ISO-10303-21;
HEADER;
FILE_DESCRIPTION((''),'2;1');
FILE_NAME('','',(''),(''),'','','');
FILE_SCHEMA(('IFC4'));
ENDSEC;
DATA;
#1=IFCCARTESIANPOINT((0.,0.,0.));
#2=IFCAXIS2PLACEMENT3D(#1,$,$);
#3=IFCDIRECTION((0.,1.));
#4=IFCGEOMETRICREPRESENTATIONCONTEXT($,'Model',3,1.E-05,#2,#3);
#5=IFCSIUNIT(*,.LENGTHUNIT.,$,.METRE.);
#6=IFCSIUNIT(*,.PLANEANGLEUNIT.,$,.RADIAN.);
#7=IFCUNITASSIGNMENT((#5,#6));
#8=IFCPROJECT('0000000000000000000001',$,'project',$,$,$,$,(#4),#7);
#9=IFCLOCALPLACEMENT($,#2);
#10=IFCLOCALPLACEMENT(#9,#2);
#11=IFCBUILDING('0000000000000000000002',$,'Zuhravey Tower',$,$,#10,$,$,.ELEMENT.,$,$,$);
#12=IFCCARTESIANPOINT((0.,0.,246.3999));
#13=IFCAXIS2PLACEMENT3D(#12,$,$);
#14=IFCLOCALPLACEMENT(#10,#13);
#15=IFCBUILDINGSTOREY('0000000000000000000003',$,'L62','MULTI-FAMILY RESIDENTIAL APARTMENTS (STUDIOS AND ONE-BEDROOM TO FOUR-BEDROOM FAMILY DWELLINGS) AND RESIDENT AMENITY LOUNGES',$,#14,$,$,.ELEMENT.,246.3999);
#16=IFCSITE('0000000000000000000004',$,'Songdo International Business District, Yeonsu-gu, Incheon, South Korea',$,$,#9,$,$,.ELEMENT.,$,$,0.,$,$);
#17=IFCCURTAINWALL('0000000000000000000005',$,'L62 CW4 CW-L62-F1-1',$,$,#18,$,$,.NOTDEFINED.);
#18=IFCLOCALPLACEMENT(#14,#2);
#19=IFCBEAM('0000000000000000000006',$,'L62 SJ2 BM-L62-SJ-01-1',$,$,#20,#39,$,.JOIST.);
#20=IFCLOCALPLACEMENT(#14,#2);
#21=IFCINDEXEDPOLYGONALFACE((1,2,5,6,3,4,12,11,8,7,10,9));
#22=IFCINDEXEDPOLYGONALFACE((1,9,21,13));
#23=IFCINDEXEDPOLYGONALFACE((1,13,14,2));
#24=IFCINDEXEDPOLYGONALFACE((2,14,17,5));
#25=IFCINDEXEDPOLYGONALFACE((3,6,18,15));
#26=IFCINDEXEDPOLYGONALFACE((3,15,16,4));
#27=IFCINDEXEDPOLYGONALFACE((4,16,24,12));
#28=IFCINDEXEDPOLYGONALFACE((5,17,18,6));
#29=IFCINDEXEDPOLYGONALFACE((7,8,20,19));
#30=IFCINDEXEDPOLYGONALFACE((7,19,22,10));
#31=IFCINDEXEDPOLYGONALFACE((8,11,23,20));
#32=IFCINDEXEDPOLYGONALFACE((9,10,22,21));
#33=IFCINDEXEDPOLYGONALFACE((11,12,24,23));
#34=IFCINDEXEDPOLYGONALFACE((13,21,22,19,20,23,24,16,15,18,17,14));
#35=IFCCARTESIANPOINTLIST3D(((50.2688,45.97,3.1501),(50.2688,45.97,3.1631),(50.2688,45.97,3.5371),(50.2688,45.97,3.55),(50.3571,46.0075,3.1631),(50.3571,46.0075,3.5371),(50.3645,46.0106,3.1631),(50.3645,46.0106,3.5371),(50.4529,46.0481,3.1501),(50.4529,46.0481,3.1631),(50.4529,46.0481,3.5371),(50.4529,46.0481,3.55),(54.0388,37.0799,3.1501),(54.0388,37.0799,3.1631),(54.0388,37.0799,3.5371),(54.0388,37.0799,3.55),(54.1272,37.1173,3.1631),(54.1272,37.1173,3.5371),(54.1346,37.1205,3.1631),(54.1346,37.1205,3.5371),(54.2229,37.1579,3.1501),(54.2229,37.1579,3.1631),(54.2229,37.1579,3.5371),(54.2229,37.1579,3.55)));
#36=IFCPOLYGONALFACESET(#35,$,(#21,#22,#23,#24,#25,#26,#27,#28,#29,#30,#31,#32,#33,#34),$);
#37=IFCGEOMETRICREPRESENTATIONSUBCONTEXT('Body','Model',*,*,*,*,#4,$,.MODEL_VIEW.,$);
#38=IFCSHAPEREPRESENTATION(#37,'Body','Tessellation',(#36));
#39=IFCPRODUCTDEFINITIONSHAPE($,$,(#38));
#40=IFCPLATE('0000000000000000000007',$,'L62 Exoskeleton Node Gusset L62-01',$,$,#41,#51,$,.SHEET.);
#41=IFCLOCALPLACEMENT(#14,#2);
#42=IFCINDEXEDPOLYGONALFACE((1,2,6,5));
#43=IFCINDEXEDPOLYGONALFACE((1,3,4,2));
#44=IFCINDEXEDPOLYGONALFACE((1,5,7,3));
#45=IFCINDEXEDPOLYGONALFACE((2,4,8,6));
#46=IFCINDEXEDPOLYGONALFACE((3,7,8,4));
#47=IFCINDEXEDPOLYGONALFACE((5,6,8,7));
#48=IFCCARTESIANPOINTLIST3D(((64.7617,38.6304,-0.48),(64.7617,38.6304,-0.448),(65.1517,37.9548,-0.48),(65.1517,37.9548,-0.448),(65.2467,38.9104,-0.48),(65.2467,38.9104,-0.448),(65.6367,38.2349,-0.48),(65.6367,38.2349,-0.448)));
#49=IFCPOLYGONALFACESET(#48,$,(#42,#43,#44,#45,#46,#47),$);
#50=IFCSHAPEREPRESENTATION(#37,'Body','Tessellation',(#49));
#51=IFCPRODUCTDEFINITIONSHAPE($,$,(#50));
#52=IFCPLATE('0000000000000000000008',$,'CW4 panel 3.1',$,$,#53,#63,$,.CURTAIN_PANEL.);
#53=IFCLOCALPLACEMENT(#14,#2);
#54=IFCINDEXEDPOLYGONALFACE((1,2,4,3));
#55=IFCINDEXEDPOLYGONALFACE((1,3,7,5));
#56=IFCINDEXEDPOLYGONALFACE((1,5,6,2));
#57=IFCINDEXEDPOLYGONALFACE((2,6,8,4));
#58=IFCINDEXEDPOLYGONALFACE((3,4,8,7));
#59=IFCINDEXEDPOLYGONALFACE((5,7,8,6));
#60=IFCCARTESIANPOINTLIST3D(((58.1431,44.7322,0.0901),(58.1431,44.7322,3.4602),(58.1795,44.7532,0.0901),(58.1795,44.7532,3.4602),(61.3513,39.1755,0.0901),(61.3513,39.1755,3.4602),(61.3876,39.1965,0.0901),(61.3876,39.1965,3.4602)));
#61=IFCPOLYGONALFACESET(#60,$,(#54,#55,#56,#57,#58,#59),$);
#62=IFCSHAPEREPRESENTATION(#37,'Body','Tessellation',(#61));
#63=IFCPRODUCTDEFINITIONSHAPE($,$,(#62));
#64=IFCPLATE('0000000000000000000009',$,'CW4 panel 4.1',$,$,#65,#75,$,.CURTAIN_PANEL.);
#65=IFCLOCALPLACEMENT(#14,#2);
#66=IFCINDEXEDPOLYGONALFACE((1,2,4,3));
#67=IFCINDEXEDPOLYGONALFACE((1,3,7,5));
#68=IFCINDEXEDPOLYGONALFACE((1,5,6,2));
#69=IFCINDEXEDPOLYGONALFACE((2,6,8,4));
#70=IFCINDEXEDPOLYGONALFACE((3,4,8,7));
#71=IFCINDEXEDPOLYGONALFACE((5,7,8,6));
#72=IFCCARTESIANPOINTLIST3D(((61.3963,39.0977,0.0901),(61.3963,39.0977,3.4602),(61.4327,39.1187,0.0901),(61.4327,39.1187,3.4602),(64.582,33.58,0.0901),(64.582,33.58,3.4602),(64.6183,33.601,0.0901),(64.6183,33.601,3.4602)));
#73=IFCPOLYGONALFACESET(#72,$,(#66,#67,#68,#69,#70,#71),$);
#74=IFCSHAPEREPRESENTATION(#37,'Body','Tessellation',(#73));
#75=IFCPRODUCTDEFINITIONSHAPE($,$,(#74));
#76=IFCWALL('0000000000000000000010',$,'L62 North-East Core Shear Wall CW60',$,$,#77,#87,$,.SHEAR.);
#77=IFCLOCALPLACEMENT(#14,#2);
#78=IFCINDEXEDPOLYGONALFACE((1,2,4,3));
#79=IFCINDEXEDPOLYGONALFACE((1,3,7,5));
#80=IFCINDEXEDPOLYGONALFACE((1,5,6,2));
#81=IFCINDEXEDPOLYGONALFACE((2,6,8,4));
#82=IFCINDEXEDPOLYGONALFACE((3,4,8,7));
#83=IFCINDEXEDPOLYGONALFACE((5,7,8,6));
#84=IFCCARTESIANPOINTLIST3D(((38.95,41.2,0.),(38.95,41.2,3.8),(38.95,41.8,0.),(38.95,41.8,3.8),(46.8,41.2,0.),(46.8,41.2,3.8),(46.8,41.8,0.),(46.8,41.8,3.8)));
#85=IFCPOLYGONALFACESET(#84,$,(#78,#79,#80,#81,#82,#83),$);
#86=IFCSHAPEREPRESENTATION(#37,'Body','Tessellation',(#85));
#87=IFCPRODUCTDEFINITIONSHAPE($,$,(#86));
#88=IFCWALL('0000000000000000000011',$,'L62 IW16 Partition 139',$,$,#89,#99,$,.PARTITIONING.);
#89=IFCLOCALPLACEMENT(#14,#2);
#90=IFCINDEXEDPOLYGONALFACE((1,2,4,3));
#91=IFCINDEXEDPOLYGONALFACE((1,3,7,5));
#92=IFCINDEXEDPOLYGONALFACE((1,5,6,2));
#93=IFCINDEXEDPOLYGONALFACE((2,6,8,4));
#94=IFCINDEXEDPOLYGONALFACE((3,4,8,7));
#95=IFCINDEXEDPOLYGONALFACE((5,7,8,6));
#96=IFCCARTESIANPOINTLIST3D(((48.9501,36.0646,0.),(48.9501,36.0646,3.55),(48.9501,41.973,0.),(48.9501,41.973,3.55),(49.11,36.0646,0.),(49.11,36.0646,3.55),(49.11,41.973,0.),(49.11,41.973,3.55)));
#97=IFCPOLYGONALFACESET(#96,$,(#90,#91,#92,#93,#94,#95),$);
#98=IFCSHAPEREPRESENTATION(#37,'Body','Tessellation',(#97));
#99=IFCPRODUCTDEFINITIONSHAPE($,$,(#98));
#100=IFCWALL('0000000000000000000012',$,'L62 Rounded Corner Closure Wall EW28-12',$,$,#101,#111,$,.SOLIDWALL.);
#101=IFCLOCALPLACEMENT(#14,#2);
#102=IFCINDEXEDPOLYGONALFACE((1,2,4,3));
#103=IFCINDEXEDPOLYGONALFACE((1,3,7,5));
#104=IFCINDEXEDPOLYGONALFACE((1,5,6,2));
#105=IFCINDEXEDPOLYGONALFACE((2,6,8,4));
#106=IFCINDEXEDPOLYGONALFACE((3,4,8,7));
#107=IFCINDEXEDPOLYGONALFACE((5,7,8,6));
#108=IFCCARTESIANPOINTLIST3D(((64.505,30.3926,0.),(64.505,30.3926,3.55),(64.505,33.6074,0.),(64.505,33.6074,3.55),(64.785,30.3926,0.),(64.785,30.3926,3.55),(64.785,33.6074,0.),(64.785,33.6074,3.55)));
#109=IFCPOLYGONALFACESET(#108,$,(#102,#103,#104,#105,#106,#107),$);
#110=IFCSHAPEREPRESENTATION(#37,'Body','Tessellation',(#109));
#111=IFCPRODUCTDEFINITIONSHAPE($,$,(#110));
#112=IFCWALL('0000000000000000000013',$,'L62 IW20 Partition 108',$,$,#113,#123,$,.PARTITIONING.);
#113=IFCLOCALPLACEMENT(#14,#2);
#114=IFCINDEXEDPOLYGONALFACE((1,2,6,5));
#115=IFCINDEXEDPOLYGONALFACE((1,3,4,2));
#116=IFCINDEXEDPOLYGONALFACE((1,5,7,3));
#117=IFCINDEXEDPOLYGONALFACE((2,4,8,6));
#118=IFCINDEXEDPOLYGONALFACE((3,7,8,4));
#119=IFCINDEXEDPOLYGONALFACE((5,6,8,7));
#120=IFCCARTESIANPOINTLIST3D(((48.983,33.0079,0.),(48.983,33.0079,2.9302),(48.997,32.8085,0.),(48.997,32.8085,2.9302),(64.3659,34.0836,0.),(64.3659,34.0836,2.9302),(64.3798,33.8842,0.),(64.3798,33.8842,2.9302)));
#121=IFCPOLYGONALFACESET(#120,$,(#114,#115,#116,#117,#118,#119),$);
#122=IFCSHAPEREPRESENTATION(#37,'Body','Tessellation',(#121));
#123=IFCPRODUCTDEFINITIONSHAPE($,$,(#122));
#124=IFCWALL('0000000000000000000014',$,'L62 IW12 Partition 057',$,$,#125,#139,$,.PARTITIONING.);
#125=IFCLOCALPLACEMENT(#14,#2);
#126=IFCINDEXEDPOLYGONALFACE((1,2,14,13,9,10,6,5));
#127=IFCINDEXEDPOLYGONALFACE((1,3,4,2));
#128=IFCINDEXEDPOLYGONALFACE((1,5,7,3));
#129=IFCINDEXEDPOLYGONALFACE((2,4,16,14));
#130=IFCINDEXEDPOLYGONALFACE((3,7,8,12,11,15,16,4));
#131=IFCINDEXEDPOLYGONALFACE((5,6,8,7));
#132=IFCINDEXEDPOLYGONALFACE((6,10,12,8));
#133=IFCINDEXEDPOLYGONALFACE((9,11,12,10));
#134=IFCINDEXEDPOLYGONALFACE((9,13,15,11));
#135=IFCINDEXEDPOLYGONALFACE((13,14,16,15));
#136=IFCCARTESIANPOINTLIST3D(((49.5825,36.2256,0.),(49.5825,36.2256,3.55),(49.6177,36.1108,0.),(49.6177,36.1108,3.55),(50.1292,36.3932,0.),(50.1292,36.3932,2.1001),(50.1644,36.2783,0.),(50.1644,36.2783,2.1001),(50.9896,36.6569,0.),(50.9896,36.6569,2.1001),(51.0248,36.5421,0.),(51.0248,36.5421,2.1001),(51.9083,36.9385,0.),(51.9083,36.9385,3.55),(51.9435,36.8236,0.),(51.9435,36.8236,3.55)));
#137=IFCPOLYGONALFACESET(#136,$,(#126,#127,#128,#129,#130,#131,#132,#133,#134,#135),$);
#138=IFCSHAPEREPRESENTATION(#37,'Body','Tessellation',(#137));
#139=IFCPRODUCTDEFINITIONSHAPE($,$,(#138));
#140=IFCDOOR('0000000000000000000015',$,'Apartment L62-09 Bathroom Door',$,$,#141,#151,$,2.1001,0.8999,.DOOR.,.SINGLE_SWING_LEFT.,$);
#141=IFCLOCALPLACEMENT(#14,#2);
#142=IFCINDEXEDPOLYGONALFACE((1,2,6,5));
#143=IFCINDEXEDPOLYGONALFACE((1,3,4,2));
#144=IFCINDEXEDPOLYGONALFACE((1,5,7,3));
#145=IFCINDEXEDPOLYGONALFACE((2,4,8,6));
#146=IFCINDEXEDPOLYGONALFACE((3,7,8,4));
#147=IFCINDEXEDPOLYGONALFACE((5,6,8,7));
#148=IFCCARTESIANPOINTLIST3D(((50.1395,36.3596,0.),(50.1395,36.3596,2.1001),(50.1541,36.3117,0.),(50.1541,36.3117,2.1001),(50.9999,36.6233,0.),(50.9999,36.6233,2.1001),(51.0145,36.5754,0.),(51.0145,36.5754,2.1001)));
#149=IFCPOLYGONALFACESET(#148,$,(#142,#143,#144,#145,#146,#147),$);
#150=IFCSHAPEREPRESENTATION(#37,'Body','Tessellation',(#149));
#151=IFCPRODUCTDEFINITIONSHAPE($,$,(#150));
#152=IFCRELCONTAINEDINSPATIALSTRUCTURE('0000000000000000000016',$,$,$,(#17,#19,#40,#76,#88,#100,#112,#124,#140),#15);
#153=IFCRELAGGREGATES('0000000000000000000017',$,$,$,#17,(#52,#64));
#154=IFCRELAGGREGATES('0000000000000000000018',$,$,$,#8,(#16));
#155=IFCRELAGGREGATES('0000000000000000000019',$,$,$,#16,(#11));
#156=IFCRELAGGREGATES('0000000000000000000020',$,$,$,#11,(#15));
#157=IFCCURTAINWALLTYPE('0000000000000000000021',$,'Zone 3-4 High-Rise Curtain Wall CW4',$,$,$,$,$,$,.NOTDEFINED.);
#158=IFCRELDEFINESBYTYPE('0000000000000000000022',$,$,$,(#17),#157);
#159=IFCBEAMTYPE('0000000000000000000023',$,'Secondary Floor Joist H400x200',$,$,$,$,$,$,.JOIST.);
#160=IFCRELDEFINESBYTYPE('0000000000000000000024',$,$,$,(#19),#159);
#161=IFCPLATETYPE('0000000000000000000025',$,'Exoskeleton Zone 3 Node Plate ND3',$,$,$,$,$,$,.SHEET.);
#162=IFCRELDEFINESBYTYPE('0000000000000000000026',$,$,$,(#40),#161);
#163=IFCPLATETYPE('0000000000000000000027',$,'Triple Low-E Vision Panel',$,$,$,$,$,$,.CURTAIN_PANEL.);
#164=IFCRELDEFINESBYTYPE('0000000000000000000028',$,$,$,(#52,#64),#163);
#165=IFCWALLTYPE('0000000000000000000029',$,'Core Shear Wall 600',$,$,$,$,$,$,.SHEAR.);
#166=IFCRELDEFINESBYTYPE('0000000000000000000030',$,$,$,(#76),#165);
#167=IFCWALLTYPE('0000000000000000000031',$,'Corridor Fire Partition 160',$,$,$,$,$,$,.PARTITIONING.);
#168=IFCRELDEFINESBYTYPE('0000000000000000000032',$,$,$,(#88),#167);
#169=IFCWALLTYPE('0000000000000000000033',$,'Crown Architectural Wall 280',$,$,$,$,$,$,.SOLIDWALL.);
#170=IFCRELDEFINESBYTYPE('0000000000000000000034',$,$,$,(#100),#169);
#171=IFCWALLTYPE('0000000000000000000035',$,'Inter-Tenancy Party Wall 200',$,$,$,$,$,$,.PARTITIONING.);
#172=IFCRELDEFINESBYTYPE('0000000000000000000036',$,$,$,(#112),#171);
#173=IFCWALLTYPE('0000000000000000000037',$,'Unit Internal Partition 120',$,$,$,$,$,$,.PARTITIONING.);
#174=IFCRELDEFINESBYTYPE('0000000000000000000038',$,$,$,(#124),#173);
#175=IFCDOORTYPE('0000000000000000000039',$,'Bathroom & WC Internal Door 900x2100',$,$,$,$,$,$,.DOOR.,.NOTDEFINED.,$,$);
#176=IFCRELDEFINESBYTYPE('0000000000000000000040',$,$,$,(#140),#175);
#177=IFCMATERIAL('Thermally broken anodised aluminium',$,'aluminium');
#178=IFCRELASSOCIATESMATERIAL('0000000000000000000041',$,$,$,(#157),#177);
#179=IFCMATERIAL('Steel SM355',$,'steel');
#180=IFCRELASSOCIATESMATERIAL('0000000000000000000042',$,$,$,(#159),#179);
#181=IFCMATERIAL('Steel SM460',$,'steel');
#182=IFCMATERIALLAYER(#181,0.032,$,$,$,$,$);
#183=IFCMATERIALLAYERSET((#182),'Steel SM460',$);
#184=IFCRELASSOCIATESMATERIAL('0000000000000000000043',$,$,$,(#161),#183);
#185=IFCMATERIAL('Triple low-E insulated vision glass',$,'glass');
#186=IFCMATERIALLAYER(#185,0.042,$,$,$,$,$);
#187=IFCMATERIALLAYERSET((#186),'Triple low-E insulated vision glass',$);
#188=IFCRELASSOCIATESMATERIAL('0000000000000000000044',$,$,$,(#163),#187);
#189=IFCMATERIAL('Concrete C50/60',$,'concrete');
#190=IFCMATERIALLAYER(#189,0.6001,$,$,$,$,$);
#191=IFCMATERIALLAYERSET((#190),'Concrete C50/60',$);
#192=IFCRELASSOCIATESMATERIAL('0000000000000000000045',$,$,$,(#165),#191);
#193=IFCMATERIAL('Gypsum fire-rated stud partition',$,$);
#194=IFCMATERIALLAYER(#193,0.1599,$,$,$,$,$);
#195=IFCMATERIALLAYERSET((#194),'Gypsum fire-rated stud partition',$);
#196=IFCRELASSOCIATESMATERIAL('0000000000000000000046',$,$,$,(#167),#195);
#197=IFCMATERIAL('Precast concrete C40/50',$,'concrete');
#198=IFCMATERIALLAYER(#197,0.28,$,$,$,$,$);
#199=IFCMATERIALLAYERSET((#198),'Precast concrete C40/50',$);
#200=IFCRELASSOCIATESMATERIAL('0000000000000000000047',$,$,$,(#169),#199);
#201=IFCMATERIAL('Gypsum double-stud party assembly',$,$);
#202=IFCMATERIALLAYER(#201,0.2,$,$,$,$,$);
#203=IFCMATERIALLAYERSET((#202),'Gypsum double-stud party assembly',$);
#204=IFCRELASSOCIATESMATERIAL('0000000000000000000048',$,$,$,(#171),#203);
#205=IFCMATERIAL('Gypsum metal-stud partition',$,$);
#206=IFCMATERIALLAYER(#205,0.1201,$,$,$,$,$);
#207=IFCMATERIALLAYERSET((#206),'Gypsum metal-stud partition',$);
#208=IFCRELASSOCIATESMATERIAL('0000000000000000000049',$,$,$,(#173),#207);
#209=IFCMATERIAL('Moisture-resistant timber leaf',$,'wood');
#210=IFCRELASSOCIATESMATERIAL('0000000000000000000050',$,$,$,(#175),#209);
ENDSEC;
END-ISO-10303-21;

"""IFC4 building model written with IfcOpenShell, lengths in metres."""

from ifc_helpers import new_model, si_unit, direction, frame, frame_2d, origin, origin_2d, place, context, subcontext, project, spatial, rectangle, i_section, extrude, material, layer, layer_set, material_profile, profile_set, type_object, element, fill, aggregate, save


model = new_model("IFC4")

# Units and contexts
model_context = context("Model", 3, precision=1e-05, world=origin(), true_north=direction((0.0, 1.0)))
body_context = subcontext(model_context, "Body", "Model", "MODEL_VIEW")
ifc_project = project(units=[si_unit("LENGTHUNIT", "METRE"), si_unit("PLANEANGLEUNIT", "RADIAN")], contexts=[model_context])

# Site, building, storey
site_placement = place(None, origin())
site = spatial("IfcSite", under=ifc_project, at=site_placement, Name="Songdo International Business District, Yeonsu-gu, Incheon, South Korea", CompositionType="ELEMENT", RefElevation=0.0)
building_placement = place(site_placement, origin())
building = spatial("IfcBuilding", under=site, at=building_placement, Name="Zuhravey Tower", CompositionType="ELEMENT")
storey_placement = place(building_placement, frame((0.0, 0.0, 246.3999)))
storey = spatial("IfcBuildingStorey", under=building, at=storey_placement, Name="L62", Description="MULTI-FAMILY RESIDENTIAL APARTMENTS (STUDIOS AND ONE-BEDROOM TO FOUR-BEDROOM FAMILY DWELLINGS) AND RESIDENT AMENITY LOUNGES", CompositionType="ELEMENT", Elevation=246.3999)

# Shared definitions
ifc_material_1 = material(Name="Concrete C50/60", Category="concrete")

# Curtain wall
ifc_material_2 = material(Name="Thermally broken anodised aluminium", Category="aluminium")
curtain_wall_type = type_object("IfcCurtainWallType", Name="Zone 3-4 High-Rise Curtain Wall CW4", PredefinedType="NOTDEFINED", material=ifc_material_2)
curtain_wall_placement = place(storey_placement, origin())
curtain_wall = element("IfcCurtainWall", 1, at=curtain_wall_placement, inside=storey, type_object=curtain_wall_type, Name="L62 CW4 CW-L62-F1-1", PredefinedType="NOTDEFINED")

# Shared definitions
ifc_material_3 = material(Name="Steel SM355", Category="steel")

# Beam
ifc_material_profile_1 = material_profile(ifc_material_3, i_section(OverallWidth=0.2, OverallDepth=0.3999, WebThickness=0.0081, FlangeThickness=0.0129, at=origin_2d()), Name="H-400x200x8x13")
ifc_profile_set_1 = profile_set([ifc_material_profile_1], Name="Steel SM355")
beam_type_1 = type_object("IfcBeamType", Name="Secondary Floor Joist H400x200", PredefinedType="JOIST", material=ifc_profile_set_1)
beam_1_placement = place(storey_placement, frame((54.1309, 37.1189, 3.3501), z_axis=(-0.390413, 0.92064, 0.0), x_axis=(-0.92064, -0.390413, 0.0)))
element("IfcBeam", 2, at=beam_1_placement, inside=storey, type_object=beam_type_1, Name="L62 SJ2 BM-L62-SJ-01-1", PredefinedType="JOIST", context=body_context, shape_type="SweptSolid", body=[
    extrude(i_section(OverallWidth=0.2, OverallDepth=0.3999, WebThickness=0.0081, FlangeThickness=0.0129, at=origin_2d()), origin(), (0.0, 0.0, 1.0), 9.6565),
])

# Plates
ifc_material_4 = material(Name="Steel SM460", Category="steel")
ifc_layer_1 = layer(ifc_material_4, 0.032)
ifc_layer_set_1 = layer_set([ifc_layer_1], Name="Steel SM460")
plate_type_1 = type_object("IfcPlateType", Name="Exoskeleton Zone 3 Node Plate ND3", PredefinedType="SHEET", material=ifc_layer_set_1)
plate_1_placement = place(storey_placement, frame((65.1992, 38.4326, -0.48), z_axis=(0.0, 0.0, 1.0), x_axis=(-0.5, 0.866025, 0.0)))
element("IfcPlate", 3, at=plate_1_placement, inside=storey, type_object=plate_type_1, Name="L62 Exoskeleton Node Gusset L62-01", PredefinedType="SHEET", context=body_context, shape_type="SweptSolid", body=[
    extrude(rectangle(XDim=0.78, YDim=0.5601, at=origin_2d()), origin(), (0.0, 0.0, 1.0), 0.032),
])
ifc_material_5 = material(Name="Triple low-E insulated vision glass", Category="glass")
ifc_layer_2 = layer(ifc_material_5, 0.042)
ifc_layer_set_2 = layer_set([ifc_layer_2], Name="Triple low-E insulated vision glass")
plate_type_2 = type_object("IfcPlateType", Name="Triple Low-E Vision Panel", PredefinedType="CURTAIN_PANEL", material=ifc_layer_set_2)
plate_2_placement = place(storey_placement, frame((59.7654, 41.9644, 0.0901), z_axis=(0.0, 0.0, 1.0), x_axis=(0.500001, -0.866025, 0.0)))
plate_2 = element("IfcPlate", 4, at=plate_2_placement, type_object=plate_type_2, Name="CW4 panel 3.1", PredefinedType="CURTAIN_PANEL", context=body_context, shape_type="SweptSolid", body=[
    extrude(rectangle(XDim=6.4163, YDim=0.042, at=origin_2d()), origin(), (0.0, 0.0, 1.0), 3.3701),
])
plate_3_placement = place(storey_placement, frame((63.0073, 36.3494, 0.0901), z_axis=(0.0, 0.0, 1.0), x_axis=(0.500001, -0.866025, 0.0)))
plate_3 = element("IfcPlate", 5, at=plate_3_placement, type_object=plate_type_2, Name="CW4 panel 4.1", PredefinedType="CURTAIN_PANEL", context=body_context, shape_type="SweptSolid", body=[
    extrude(rectangle(XDim=6.3713, YDim=0.042, at=origin_2d()), origin(), (0.0, 0.0, 1.0), 3.3701),
])
aggregate(curtain_wall, [plate_2, plate_3])

# Wall
ifc_layer_3 = layer(ifc_material_1, 0.6001)
ifc_layer_set_3 = layer_set([ifc_layer_3], Name="Concrete C50/60")
wall_type_1 = type_object("IfcWallType", Name="Core Shear Wall 600", PredefinedType="SHEAR", material=ifc_layer_set_3)
wall_1_placement = place(storey_placement, frame((46.8, 41.5, 0.0), z_axis=(0.0, 0.0, 1.0), x_axis=(-1.0, 0.0, 0.0)))
element("IfcWall", 6, at=wall_1_placement, inside=storey, type_object=wall_type_1, Name="L62 North-East Core Shear Wall CW60", PredefinedType="SHEAR", context=body_context, shape_type="SweptSolid", body=[
    extrude(rectangle(XDim=7.8501, YDim=0.6001, at=frame_2d((3.925, 0.0))), origin(), (0.0, 0.0, 1.0), 3.8),
])

# Shared definitions
ifc_material_6 = material(Name="Gypsum fire-rated stud partition")
ifc_layer_4 = layer(ifc_material_6, 0.1599)
ifc_layer_set_4 = layer_set([ifc_layer_4], Name="Gypsum fire-rated stud partition")
wall_type_2 = type_object("IfcWallType", Name="Corridor Fire Partition 160", PredefinedType="PARTITIONING", material=ifc_layer_set_4)

# Walls
wall_2_placement = place(storey_placement, frame((49.03, 36.0647, 0.0), z_axis=(0.0, 0.0, 1.0), x_axis=(0.0, 1.0, 0.0)))
element("IfcWall", 7, at=wall_2_placement, inside=storey, type_object=wall_type_2, Name="L62 IW16 Partition 139", PredefinedType="PARTITIONING", context=body_context, shape_type="SweptSolid", body=[
    extrude(rectangle(XDim=5.9084, YDim=0.1599, at=frame_2d((2.9541, 0.0))), origin(), (0.0, 0.0, 1.0), 3.55),
])
ifc_material_7 = material(Name="Precast concrete C40/50", Category="concrete")
ifc_layer_5 = layer(ifc_material_7, 0.28)
ifc_layer_set_5 = layer_set([ifc_layer_5], Name="Precast concrete C40/50")
wall_type_3 = type_object("IfcWallType", Name="Crown Architectural Wall 280", PredefinedType="SOLIDWALL", material=ifc_layer_set_5)
wall_3_placement = place(storey_placement, frame((64.645, 33.6074, 0.0), z_axis=(0.0, 0.0, 1.0), x_axis=(0.0, -1.0, 0.0)))
element("IfcWall", 8, at=wall_3_placement, inside=storey, type_object=wall_type_3, Name="L62 Rounded Corner Closure Wall EW28-12", PredefinedType="SOLIDWALL", context=body_context, shape_type="SweptSolid", body=[
    extrude(rectangle(XDim=3.2148, YDim=0.28, at=frame_2d((1.6074, 0.0))), origin(), (0.0, 0.0, 1.0), 3.55),
])
ifc_material_8 = material(Name="Gypsum double-stud party assembly")
ifc_layer_6 = layer(ifc_material_8, 0.2)
ifc_layer_set_6 = layer_set([ifc_layer_6], Name="Gypsum double-stud party assembly")
wall_type_4 = type_object("IfcWallType", Name="Inter-Tenancy Party Wall 200", PredefinedType="PARTITIONING", material=ifc_layer_set_6)
wall_4_placement = place(storey_placement, frame((48.99, 32.9082, 0.0), z_axis=(0.0, 0.0, 1.0), x_axis=(0.997564, 0.069757, 0.0)))
element("IfcWall", 9, at=wall_4_placement, inside=storey, type_object=wall_type_4, Name="L62 IW20 Partition 108", PredefinedType="PARTITIONING", context=body_context, shape_type="SweptSolid", body=[
    extrude(rectangle(XDim=15.4204, YDim=0.2, at=frame_2d((7.7102, 0.0))), origin(), (0.0, 0.0, 1.0), 2.9302),
])

# Wall, opening, door
ifc_material_9 = material(Name="Gypsum metal-stud partition")
ifc_layer_7 = layer(ifc_material_9, 0.1201)
ifc_layer_set_7 = layer_set([ifc_layer_7], Name="Gypsum metal-stud partition")
wall_type_5 = type_object("IfcWallType", Name="Unit Internal Partition 120", PredefinedType="PARTITIONING", material=ifc_layer_set_7)
wall_5_placement = place(storey_placement, frame((49.6001, 36.1682, 0.0), z_axis=(0.0, 0.0, 1.0), x_axis=(0.9561, 0.293042, 0.0)))
wall_5 = element("IfcWall", 10, at=wall_5_placement, inside=storey, type_object=wall_type_5, Name="L62 IW12 Partition 057", PredefinedType="PARTITIONING", context=body_context, shape_type="SweptSolid", body=[
    extrude(rectangle(XDim=2.4326, YDim=0.1201, at=frame_2d((1.2163, 0.0))), origin(), (0.0, 0.0, 1.0), 3.55),
])
opening_1_placement = place(wall_5_placement, frame((0.5718, 0.0, 0.0)))
opening_1 = element("IfcOpeningElement", 11, at=opening_1_placement, cuts=wall_5, PredefinedType="OPENING", context=body_context, shape_type="SweptSolid", body=[
    extrude(rectangle(XDim=0.8999, YDim=2.1001, at=frame_2d((0.45, 1.05))), frame((0.0, 0.072, 0.0), z_axis=(0.0, -1.0, 0.0), x_axis=(1.0, 0.0, 0.0)), (0.0, 0.0, 1.0), 0.144),
])
ifc_material_10 = material(Name="Moisture-resistant timber leaf", Category="wood")
door_type_1 = type_object("IfcDoorType", Name="Bathroom & WC Internal Door 900x2100", OperationType="NOTDEFINED", PredefinedType="DOOR", material=ifc_material_10)
door_1_placement = place(opening_1_placement, origin())
door_1 = element("IfcDoor", 12, at=door_1_placement, inside=storey, type_object=door_type_1, Name="Apartment L62-09 Bathroom Door", OperationType="SINGLE_SWING_LEFT", OverallHeight=2.1001, OverallWidth=0.8999, PredefinedType="DOOR", context=body_context, shape_type="SweptSolid", body=[
    extrude(rectangle(XDim=0.8999, YDim=2.1001, at=frame_2d((0.45, 1.05))), frame((0.0, 0.0249, 0.0), z_axis=(0.0, -1.0, 0.0), x_axis=(1.0, 0.0, 0.0)), (0.0, 0.0, 1.0), 0.05),
])
fill(opening_1, door_1)

save(model, "model.ifc")
